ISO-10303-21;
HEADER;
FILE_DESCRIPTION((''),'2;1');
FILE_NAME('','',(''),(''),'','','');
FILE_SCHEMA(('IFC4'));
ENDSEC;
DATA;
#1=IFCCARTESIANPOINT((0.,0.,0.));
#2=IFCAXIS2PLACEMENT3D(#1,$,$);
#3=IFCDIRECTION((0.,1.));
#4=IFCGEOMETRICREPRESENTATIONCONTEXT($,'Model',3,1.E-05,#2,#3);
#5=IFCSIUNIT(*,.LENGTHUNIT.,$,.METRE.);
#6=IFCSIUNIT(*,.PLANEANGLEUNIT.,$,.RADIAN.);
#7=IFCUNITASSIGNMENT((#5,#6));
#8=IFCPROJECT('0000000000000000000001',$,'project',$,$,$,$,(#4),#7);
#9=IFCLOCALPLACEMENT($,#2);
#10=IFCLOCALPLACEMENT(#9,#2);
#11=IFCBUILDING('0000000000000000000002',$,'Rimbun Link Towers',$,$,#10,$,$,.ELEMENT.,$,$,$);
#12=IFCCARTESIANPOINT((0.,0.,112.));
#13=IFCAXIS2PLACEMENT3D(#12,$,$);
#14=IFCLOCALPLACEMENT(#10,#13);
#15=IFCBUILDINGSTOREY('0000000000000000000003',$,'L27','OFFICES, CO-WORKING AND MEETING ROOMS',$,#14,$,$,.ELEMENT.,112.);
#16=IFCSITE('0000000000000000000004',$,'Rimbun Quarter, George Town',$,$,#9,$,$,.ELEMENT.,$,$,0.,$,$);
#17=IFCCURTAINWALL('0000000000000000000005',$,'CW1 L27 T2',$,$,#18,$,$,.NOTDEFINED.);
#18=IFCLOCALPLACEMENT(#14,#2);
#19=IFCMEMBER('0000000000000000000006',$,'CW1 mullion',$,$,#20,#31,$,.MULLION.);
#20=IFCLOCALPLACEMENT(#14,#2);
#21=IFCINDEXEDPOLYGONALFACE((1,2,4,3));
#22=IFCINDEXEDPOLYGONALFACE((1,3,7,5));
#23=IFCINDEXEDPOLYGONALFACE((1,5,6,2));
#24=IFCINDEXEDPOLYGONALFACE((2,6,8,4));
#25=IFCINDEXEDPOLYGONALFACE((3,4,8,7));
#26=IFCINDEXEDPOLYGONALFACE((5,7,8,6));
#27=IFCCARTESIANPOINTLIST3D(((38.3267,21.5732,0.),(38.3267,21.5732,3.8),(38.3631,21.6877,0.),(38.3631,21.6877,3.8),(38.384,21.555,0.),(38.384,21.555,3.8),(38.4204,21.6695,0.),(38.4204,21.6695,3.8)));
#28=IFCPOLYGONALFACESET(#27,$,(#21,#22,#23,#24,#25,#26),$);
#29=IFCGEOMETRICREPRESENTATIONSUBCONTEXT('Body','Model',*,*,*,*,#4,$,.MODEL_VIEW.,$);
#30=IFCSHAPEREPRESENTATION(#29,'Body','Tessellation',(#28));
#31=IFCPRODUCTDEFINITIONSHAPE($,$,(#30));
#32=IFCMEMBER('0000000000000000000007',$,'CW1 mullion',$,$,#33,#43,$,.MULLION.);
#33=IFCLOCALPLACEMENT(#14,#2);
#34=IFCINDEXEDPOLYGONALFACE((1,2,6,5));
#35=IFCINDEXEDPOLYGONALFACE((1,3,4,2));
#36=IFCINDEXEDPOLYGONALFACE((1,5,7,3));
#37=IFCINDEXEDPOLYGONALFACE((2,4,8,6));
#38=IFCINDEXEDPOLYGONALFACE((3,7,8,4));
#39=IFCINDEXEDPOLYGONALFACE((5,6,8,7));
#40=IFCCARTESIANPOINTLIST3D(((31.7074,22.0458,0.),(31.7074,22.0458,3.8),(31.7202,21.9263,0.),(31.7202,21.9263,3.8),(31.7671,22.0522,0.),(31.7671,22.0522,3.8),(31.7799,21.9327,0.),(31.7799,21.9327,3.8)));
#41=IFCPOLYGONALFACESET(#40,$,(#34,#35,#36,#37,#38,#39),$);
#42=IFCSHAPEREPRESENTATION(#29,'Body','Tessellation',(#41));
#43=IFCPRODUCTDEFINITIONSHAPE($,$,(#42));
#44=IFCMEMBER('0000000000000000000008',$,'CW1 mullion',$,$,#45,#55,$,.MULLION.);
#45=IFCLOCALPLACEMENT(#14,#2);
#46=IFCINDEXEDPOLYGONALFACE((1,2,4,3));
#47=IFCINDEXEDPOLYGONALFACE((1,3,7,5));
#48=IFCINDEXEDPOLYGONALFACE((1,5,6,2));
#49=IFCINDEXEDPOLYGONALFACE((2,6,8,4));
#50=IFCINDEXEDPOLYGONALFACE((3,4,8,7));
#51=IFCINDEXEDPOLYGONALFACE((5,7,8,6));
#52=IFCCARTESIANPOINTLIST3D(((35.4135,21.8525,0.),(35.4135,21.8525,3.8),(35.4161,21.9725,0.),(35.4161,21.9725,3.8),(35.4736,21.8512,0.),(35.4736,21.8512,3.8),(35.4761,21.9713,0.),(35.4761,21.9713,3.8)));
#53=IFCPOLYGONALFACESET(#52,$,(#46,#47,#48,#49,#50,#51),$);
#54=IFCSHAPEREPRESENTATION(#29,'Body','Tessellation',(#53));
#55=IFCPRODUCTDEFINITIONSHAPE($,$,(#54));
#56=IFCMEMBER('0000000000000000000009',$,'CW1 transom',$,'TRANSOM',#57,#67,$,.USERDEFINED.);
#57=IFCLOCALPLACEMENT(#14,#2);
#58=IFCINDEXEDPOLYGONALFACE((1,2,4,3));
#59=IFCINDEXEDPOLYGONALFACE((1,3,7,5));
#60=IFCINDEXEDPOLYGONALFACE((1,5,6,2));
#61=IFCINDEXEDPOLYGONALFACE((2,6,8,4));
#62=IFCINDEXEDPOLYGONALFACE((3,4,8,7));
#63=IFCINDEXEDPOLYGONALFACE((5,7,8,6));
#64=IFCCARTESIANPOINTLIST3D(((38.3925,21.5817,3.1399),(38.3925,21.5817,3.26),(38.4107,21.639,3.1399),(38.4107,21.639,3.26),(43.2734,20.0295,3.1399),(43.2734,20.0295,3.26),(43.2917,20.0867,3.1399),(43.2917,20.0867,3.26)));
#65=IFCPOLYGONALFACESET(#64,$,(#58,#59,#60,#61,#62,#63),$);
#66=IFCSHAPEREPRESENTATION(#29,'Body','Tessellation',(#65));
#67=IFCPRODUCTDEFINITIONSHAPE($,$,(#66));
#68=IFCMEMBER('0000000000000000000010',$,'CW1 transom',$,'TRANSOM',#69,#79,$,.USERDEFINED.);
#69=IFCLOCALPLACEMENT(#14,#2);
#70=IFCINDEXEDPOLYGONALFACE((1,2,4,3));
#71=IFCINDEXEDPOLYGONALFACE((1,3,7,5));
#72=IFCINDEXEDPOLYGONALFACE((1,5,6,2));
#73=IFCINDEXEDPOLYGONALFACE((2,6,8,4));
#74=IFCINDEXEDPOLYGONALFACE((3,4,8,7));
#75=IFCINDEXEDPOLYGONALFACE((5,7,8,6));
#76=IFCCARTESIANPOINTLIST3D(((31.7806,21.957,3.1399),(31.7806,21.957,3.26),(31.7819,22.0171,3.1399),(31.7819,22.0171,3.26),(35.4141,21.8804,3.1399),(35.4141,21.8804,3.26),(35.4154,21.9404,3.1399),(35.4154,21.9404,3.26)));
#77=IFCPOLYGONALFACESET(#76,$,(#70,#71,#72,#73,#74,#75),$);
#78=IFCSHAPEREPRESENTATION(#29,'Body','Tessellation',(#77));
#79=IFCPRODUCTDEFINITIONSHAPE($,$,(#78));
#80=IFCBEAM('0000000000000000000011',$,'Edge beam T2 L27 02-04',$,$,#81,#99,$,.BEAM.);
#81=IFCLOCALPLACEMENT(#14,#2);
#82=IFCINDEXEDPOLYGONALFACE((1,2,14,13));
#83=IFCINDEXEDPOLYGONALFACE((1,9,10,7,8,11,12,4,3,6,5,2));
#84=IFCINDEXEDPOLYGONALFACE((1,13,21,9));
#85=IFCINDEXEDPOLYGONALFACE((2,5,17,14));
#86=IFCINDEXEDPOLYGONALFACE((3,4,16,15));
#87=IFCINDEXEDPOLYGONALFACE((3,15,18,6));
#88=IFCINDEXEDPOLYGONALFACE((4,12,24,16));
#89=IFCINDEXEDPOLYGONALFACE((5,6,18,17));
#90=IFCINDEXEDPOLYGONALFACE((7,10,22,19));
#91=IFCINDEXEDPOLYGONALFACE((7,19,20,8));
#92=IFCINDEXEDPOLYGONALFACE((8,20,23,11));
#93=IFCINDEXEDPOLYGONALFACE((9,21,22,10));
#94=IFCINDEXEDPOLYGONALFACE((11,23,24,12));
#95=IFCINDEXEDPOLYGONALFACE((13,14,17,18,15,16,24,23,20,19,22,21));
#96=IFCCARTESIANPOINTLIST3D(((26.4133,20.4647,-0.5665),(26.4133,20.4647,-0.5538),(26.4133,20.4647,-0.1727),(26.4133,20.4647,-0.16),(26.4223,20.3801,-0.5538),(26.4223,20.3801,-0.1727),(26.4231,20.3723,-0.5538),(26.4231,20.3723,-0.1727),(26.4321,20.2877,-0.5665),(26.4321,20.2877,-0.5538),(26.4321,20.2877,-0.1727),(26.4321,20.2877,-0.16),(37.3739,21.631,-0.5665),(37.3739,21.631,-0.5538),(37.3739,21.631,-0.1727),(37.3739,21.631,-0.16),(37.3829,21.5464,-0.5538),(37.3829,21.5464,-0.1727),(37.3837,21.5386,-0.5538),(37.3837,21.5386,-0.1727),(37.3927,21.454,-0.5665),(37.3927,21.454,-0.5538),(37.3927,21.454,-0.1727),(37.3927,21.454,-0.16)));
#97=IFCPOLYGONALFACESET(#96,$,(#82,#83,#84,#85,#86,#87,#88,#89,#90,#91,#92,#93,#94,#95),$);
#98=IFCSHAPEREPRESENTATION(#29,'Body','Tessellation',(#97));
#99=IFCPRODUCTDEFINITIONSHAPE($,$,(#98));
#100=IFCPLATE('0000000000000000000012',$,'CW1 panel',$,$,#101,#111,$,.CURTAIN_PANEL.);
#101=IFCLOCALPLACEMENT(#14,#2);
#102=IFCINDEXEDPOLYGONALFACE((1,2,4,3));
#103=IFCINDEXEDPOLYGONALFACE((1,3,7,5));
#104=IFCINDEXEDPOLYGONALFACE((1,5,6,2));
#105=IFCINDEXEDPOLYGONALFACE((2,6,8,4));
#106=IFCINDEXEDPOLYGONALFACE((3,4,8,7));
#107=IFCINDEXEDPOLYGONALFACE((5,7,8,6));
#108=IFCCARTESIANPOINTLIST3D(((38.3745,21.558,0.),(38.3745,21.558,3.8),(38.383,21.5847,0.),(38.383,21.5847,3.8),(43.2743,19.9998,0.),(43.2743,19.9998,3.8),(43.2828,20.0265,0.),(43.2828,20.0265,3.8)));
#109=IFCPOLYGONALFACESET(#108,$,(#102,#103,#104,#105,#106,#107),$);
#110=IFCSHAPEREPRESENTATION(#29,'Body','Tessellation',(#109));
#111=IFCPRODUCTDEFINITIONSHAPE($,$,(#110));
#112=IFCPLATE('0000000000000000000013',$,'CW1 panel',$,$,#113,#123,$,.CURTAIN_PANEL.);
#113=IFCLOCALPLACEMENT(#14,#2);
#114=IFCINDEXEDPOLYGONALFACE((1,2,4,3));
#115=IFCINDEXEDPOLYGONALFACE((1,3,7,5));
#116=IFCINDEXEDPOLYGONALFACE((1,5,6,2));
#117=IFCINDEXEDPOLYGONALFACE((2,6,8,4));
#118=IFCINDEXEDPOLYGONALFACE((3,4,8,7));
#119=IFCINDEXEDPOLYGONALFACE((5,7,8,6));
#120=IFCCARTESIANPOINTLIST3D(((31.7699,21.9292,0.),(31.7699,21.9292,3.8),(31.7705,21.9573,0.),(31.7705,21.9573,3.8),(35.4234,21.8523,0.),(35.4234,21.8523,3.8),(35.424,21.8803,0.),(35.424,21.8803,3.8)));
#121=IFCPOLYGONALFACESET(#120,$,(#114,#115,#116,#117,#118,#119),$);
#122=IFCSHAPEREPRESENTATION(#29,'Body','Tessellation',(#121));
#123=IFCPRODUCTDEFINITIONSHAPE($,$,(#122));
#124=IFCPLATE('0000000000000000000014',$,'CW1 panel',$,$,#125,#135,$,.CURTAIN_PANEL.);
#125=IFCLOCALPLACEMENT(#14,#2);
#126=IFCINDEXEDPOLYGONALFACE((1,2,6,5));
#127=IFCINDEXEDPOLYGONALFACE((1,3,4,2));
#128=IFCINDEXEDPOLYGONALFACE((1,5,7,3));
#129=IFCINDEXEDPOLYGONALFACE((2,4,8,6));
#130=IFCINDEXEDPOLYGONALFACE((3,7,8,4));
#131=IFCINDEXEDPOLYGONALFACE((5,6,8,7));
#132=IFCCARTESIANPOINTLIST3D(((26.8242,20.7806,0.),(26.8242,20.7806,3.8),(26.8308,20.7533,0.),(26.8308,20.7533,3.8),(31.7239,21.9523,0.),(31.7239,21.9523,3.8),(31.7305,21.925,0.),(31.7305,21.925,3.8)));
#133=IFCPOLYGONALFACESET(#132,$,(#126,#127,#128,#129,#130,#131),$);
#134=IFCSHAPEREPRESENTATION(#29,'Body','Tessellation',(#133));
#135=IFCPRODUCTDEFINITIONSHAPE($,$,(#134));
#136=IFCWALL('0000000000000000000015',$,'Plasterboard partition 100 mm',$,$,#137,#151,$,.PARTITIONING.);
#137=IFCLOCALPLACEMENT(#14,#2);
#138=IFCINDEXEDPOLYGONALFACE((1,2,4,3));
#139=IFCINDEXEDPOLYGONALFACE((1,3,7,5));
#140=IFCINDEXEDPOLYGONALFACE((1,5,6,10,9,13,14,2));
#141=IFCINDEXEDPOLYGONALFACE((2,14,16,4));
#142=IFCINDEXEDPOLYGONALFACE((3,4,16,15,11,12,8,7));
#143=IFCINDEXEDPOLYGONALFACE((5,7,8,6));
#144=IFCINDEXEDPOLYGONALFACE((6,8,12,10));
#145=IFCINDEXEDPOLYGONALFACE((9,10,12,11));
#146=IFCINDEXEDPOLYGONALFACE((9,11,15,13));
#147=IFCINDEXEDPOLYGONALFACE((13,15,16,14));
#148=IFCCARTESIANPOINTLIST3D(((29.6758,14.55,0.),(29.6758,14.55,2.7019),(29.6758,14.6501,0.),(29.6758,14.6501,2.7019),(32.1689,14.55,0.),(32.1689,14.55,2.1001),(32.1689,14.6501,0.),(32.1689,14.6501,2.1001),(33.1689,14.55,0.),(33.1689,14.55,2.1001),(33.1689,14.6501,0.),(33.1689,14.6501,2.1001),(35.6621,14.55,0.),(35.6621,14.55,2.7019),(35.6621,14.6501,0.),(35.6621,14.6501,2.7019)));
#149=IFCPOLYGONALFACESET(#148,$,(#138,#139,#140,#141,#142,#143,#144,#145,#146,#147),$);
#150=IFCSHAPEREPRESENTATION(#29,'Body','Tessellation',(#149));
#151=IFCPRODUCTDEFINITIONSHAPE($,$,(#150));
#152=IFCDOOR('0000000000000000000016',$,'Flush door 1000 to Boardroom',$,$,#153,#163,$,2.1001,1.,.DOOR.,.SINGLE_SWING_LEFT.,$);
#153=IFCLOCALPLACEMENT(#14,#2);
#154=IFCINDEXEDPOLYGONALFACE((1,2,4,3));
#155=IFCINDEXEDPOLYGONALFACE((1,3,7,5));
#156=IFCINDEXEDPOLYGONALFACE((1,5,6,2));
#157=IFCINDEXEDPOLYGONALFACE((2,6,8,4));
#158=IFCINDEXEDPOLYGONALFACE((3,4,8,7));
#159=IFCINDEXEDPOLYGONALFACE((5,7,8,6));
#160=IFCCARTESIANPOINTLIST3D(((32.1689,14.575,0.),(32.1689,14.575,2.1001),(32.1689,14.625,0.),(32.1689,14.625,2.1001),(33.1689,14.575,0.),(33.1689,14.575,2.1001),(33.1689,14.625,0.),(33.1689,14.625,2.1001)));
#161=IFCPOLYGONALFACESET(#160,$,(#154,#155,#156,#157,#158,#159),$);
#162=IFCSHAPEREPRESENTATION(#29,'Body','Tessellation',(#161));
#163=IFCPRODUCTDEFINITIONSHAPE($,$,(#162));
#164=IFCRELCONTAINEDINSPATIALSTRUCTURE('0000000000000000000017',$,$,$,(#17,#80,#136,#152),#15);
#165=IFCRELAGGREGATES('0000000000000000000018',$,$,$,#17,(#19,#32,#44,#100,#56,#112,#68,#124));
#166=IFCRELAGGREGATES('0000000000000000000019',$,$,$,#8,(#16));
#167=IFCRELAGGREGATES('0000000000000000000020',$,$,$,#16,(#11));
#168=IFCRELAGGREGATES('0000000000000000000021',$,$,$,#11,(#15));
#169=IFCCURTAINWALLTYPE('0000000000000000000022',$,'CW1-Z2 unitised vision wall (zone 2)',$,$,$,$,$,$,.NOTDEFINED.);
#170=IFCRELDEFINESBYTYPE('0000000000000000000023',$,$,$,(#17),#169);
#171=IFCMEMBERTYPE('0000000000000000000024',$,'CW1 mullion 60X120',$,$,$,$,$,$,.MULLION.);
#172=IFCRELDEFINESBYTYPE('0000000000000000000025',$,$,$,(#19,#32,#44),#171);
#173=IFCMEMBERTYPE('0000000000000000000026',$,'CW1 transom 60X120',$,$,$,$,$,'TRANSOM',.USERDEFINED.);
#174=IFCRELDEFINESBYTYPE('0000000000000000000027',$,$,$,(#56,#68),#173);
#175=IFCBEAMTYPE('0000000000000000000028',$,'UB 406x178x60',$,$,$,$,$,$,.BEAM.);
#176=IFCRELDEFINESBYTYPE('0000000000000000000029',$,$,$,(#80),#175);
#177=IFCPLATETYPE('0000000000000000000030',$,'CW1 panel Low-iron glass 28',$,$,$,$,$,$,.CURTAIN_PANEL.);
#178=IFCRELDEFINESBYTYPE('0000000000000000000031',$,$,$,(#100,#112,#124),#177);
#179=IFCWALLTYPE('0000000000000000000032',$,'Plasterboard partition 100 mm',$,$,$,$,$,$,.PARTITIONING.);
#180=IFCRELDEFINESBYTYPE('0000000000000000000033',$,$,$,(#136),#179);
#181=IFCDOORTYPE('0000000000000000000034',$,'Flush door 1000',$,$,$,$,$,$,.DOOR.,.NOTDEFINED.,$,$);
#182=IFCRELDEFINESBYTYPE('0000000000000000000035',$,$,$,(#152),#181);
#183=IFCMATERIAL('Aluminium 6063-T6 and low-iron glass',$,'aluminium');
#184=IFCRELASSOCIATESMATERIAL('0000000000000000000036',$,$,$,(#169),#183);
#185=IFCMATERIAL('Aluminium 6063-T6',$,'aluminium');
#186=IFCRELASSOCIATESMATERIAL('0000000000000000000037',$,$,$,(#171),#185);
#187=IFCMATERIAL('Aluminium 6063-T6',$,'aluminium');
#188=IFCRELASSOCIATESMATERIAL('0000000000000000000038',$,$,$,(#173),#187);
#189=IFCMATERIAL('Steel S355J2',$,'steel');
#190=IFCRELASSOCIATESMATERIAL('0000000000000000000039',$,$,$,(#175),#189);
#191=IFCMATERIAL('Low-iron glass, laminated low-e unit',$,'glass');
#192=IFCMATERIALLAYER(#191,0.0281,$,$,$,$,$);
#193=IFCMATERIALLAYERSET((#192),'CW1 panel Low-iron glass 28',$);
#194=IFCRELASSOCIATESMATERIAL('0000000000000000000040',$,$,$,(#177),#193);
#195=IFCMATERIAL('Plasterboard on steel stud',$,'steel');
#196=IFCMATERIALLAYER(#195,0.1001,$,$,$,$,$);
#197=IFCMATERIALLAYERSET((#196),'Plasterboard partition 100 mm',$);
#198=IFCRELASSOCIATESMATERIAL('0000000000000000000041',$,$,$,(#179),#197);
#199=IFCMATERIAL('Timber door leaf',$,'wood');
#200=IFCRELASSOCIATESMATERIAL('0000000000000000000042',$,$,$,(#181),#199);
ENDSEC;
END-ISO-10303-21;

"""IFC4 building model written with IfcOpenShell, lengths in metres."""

from ifc_helpers import new_model, si_unit, direction, frame, frame_2d, origin, origin_2d, place, context, subcontext, project, spatial, rectangle, i_section, extrude, material, layer, layer_set, material_profile, profile_set, type_object, element, fill, aggregate, save


model = new_model("IFC4")

# Units and contexts
model_context = context("Model", 3, precision=1e-05, world=origin(), true_north=direction((0.0, 1.0)))
body_context = subcontext(model_context, "Body", "Model", "MODEL_VIEW")
ifc_project = project(units=[si_unit("LENGTHUNIT", "METRE"), si_unit("PLANEANGLEUNIT", "RADIAN")], contexts=[model_context])

# Site, building, storey
site_placement = place(None, origin())
site = spatial("IfcSite", under=ifc_project, at=site_placement, Name="Rimbun Quarter, George Town", CompositionType="ELEMENT", RefElevation=0.0)
building_placement = place(site_placement, origin())
building = spatial("IfcBuilding", under=site, at=building_placement, Name="Rimbun Link Towers", CompositionType="ELEMENT")
storey_placement = place(building_placement, frame((0.0, 0.0, 112.0)))
storey = spatial("IfcBuildingStorey", under=building, at=storey_placement, Name="L27", Description="OFFICES, CO-WORKING AND MEETING ROOMS", CompositionType="ELEMENT", Elevation=112.0)

# Curtain wall, members
ifc_material_1 = material(Name="Aluminium 6063-T6 and low-iron glass", Category="aluminium")
curtain_wall_type = type_object("IfcCurtainWallType", Name="CW1-Z2 unitised vision wall (zone 2)", PredefinedType="NOTDEFINED", material=ifc_material_1)
curtain_wall_placement = place(storey_placement, origin())
curtain_wall = element("IfcCurtainWall", 1, at=curtain_wall_placement, inside=storey, type_object=curtain_wall_type, Name="CW1 L27 T2", PredefinedType="NOTDEFINED")
ifc_material_2 = material(Name="Aluminium 6063-T6", Category="aluminium")
ifc_material_profile_1 = material_profile(ifc_material_2, rectangle(XDim=0.1201, YDim=0.0601, at=origin_2d()), Name="MULLION 60X120")
ifc_profile_set_1 = profile_set([ifc_material_profile_1], Name="Aluminium 6063-T6")
member_type_1 = type_object("IfcMemberType", Name="CW1 mullion 60X120", PredefinedType="MULLION", material=ifc_profile_set_1)
member_1_placement = place(storey_placement, frame((38.3735, 21.6213, 0.0), z_axis=(0.0, 0.0, 1.0), x_axis=(0.303057, 0.952972, 0.0)))
member_1 = element("IfcMember", 2, at=member_1_placement, type_object=member_type_1, Name="CW1 mullion", PredefinedType="MULLION", context=body_context, shape_type="SweptSolid", body=[
    extrude(rectangle(XDim=0.1201, YDim=0.0601, at=origin_2d()), origin(), (0.0, 0.0, 1.0), 3.8),
])
member_2_placement = place(storey_placement, frame((31.7437, 21.9893, 0.0), z_axis=(0.0, 0.0, 1.0), x_axis=(-0.106632, 0.994299, 0.0)))
member_2 = element("IfcMember", 3, at=member_2_placement, type_object=member_type_1, Name="CW1 mullion", PredefinedType="MULLION", context=body_context, shape_type="SweptSolid", body=[
    extrude(rectangle(XDim=0.1201, YDim=0.0601, at=origin_2d()), origin(), (0.0, 0.0, 1.0), 3.8),
])
member_3_placement = place(storey_placement, frame((35.4448, 21.9119, 0.0), z_axis=(0.0, 0.0, 1.0), x_axis=(0.021063, 0.999778, 0.0)))
member_3 = element("IfcMember", 4, at=member_3_placement, type_object=member_type_1, Name="CW1 mullion", PredefinedType="MULLION", context=body_context, shape_type="SweptSolid", body=[
    extrude(rectangle(XDim=0.1201, YDim=0.0601, at=origin_2d()), origin(), (0.0, 0.0, 1.0), 3.8),
])
ifc_material_3 = material(Name="Aluminium 6063-T6", Category="aluminium")
ifc_material_profile_2 = material_profile(ifc_material_3, rectangle(XDim=0.0601, YDim=0.1201, at=origin_2d()), Name="TRANSOM 60X120")
ifc_profile_set_2 = profile_set([ifc_material_profile_2], Name="Aluminium 6063-T6")
member_type_2 = type_object("IfcMemberType", Name="CW1 transom 60X120", ElementType="TRANSOM", PredefinedType="USERDEFINED", material=ifc_profile_set_2)
member_4_placement = place(storey_placement, frame((38.4016, 21.6104, 3.2), z_axis=(0.952968, -0.30307, 0.0), x_axis=(0.30307, 0.952968, 0.0)))
member_4 = element("IfcMember", 5, at=member_4_placement, type_object=member_type_2, Name="CW1 transom", ObjectType="TRANSOM", PredefinedType="USERDEFINED", context=body_context, shape_type="SweptSolid", body=[
    extrude(rectangle(XDim=0.0601, YDim=0.1201, at=origin_2d()), origin(), (0.0, 0.0, 1.0), 5.1218),
])
member_5_placement = place(storey_placement, frame((31.7812, 21.9871, 3.2), z_axis=(0.999778, -0.021093, 0.0), x_axis=(0.021093, 0.999778, 0.0)))
member_5 = element("IfcMember", 6, at=member_5_placement, type_object=member_type_2, Name="CW1 transom", ObjectType="TRANSOM", PredefinedType="USERDEFINED", context=body_context, shape_type="SweptSolid", body=[
    extrude(rectangle(XDim=0.0601, YDim=0.1201, at=origin_2d()), origin(), (0.0, 0.0, 1.0), 3.6343),
])

# Beam
ifc_material_4 = material(Name="Steel S355J2", Category="steel")
ifc_material_profile_3 = material_profile(ifc_material_4, i_section(OverallWidth=0.178, OverallDepth=0.4065, WebThickness=0.0078, FlangeThickness=0.0127, at=origin_2d()), Name="UB 406x178x60")
ifc_profile_set_3 = profile_set([ifc_material_profile_3], Name="Steel S355J2")
beam_type = type_object("IfcBeamType", Name="UB 406x178x60", PredefinedType="BEAM", material=ifc_profile_set_3)
beam_placement = place(storey_placement, frame((37.3833, 21.5425, -0.3633), z_axis=(-0.994387, -0.105807, 0.0), x_axis=(0.105807, -0.994387, 0.0)))
element("IfcBeam", 7, at=beam_placement, inside=storey, type_object=beam_type, Name="Edge beam T2 L27 02-04", PredefinedType="BEAM", context=body_context, shape_type="SweptSolid", body=[
    extrude(i_section(OverallWidth=0.178, OverallDepth=0.4065, WebThickness=0.0078, FlangeThickness=0.0127, at=origin_2d()), origin(), (0.0, 0.0, 1.0), 11.0225),
])

# Plates
ifc_material_5 = material(Name="Low-iron glass, laminated low-e unit", Category="glass")
ifc_layer_1 = layer(ifc_material_5, 0.0281)
ifc_layer_set_1 = layer_set([ifc_layer_1], Name="CW1 panel Low-iron glass 28")
plate_type = type_object("IfcPlateType", Name="CW1 panel Low-iron glass 28", PredefinedType="CURTAIN_PANEL", material=ifc_layer_set_1)
plate_1_placement = place(storey_placement, frame((40.8286, 20.7922, 0.0), z_axis=(0.0, 0.0, 1.0), x_axis=(0.952972, -0.303057, 0.0)))
plate_1 = element("IfcPlate", 8, at=plate_1_placement, type_object=plate_type, Name="CW1 panel", PredefinedType="CURTAIN_PANEL", context=body_context, shape_type="SweptSolid", body=[
    extrude(rectangle(XDim=5.1416, YDim=0.0281, at=origin_2d()), origin(), (0.0, 0.0, 1.0), 3.8),
])
plate_2_placement = place(storey_placement, frame((33.5969, 21.9048, 0.0), z_axis=(0.0, 0.0, 1.0), x_axis=(0.999778, -0.021063, 0.0)))
plate_2 = element("IfcPlate", 9, at=plate_2_placement, type_object=plate_type, Name="CW1 panel", PredefinedType="CURTAIN_PANEL", context=body_context, shape_type="SweptSolid", body=[
    extrude(rectangle(XDim=3.6543, YDim=0.0281, at=origin_2d()), origin(), (0.0, 0.0, 1.0), 3.8),
])
plate_3_placement = place(storey_placement, frame((29.2773, 21.3528, 0.0), z_axis=(0.0, 0.0, 1.0), x_axis=(0.972576, 0.232586, 0.0)))
plate_3 = element("IfcPlate", 10, at=plate_3_placement, type_object=plate_type, Name="CW1 panel", PredefinedType="CURTAIN_PANEL", context=body_context, shape_type="SweptSolid", body=[
    extrude(rectangle(XDim=5.0378, YDim=0.0281, at=origin_2d()), origin(), (0.0, 0.0, 1.0), 3.8),
])
aggregate(curtain_wall, [member_1, member_2, member_3, plate_1, member_4, plate_2, member_5, plate_3])

# Wall, opening, door
ifc_material_6 = material(Name="Plasterboard on steel stud", Category="steel")
ifc_layer_2 = layer(ifc_material_6, 0.1001)
ifc_layer_set_2 = layer_set([ifc_layer_2], Name="Plasterboard partition 100 mm")
wall_type_1 = type_object("IfcWallType", Name="Plasterboard partition 100 mm", PredefinedType="PARTITIONING", material=ifc_layer_set_2)
wall_1_placement = place(storey_placement, frame((29.6758, 14.6001, 0.0), z_axis=(0.0, 0.0, 1.0), x_axis=(1.0, 0.0, 0.0)))
wall_1 = element("IfcWall", 11, at=wall_1_placement, inside=storey, type_object=wall_type_1, Name="Plasterboard partition 100 mm", PredefinedType="PARTITIONING", context=body_context, shape_type="SweptSolid", body=[
    extrude(rectangle(XDim=5.9863, YDim=0.1001, at=frame_2d((2.9932, 0.0))), origin(), (0.0, 0.0, 1.0), 2.7019),
])
opening_1_placement = place(wall_1_placement, frame((2.4932, 0.0, 0.0)))
opening_1 = element("IfcOpeningElement", 12, at=opening_1_placement, cuts=wall_1, PredefinedType="OPENING", context=body_context, shape_type="SweptSolid", body=[
    extrude(rectangle(XDim=1.0, YDim=2.1001, at=frame_2d((0.5, 1.05))), frame((0.0, 0.0601, 0.0), z_axis=(0.0, -1.0, 0.0), x_axis=(1.0, 0.0, 0.0)), (0.0, 0.0, 1.0), 0.1201),
])
ifc_material_7 = material(Name="Timber door leaf", Category="wood")
door_type_1 = type_object("IfcDoorType", Name="Flush door 1000", OperationType="NOTDEFINED", PredefinedType="DOOR", material=ifc_material_7)
door_1_placement = place(opening_1_placement, origin())
door_1 = element("IfcDoor", 13, at=door_1_placement, inside=storey, type_object=door_type_1, Name="Flush door 1000 to Boardroom", OperationType="SINGLE_SWING_LEFT", OverallHeight=2.1001, OverallWidth=1.0, PredefinedType="DOOR", context=body_context, shape_type="SweptSolid", body=[
    extrude(rectangle(XDim=1.0, YDim=2.1001, at=frame_2d((0.5, 1.05))), frame((0.0, 0.0249, 0.0), z_axis=(0.0, -1.0, 0.0), x_axis=(1.0, 0.0, 0.0)), (0.0, 0.0, 1.0), 0.05),
])
fill(opening_1, door_1)

save(model, "model.ifc")
